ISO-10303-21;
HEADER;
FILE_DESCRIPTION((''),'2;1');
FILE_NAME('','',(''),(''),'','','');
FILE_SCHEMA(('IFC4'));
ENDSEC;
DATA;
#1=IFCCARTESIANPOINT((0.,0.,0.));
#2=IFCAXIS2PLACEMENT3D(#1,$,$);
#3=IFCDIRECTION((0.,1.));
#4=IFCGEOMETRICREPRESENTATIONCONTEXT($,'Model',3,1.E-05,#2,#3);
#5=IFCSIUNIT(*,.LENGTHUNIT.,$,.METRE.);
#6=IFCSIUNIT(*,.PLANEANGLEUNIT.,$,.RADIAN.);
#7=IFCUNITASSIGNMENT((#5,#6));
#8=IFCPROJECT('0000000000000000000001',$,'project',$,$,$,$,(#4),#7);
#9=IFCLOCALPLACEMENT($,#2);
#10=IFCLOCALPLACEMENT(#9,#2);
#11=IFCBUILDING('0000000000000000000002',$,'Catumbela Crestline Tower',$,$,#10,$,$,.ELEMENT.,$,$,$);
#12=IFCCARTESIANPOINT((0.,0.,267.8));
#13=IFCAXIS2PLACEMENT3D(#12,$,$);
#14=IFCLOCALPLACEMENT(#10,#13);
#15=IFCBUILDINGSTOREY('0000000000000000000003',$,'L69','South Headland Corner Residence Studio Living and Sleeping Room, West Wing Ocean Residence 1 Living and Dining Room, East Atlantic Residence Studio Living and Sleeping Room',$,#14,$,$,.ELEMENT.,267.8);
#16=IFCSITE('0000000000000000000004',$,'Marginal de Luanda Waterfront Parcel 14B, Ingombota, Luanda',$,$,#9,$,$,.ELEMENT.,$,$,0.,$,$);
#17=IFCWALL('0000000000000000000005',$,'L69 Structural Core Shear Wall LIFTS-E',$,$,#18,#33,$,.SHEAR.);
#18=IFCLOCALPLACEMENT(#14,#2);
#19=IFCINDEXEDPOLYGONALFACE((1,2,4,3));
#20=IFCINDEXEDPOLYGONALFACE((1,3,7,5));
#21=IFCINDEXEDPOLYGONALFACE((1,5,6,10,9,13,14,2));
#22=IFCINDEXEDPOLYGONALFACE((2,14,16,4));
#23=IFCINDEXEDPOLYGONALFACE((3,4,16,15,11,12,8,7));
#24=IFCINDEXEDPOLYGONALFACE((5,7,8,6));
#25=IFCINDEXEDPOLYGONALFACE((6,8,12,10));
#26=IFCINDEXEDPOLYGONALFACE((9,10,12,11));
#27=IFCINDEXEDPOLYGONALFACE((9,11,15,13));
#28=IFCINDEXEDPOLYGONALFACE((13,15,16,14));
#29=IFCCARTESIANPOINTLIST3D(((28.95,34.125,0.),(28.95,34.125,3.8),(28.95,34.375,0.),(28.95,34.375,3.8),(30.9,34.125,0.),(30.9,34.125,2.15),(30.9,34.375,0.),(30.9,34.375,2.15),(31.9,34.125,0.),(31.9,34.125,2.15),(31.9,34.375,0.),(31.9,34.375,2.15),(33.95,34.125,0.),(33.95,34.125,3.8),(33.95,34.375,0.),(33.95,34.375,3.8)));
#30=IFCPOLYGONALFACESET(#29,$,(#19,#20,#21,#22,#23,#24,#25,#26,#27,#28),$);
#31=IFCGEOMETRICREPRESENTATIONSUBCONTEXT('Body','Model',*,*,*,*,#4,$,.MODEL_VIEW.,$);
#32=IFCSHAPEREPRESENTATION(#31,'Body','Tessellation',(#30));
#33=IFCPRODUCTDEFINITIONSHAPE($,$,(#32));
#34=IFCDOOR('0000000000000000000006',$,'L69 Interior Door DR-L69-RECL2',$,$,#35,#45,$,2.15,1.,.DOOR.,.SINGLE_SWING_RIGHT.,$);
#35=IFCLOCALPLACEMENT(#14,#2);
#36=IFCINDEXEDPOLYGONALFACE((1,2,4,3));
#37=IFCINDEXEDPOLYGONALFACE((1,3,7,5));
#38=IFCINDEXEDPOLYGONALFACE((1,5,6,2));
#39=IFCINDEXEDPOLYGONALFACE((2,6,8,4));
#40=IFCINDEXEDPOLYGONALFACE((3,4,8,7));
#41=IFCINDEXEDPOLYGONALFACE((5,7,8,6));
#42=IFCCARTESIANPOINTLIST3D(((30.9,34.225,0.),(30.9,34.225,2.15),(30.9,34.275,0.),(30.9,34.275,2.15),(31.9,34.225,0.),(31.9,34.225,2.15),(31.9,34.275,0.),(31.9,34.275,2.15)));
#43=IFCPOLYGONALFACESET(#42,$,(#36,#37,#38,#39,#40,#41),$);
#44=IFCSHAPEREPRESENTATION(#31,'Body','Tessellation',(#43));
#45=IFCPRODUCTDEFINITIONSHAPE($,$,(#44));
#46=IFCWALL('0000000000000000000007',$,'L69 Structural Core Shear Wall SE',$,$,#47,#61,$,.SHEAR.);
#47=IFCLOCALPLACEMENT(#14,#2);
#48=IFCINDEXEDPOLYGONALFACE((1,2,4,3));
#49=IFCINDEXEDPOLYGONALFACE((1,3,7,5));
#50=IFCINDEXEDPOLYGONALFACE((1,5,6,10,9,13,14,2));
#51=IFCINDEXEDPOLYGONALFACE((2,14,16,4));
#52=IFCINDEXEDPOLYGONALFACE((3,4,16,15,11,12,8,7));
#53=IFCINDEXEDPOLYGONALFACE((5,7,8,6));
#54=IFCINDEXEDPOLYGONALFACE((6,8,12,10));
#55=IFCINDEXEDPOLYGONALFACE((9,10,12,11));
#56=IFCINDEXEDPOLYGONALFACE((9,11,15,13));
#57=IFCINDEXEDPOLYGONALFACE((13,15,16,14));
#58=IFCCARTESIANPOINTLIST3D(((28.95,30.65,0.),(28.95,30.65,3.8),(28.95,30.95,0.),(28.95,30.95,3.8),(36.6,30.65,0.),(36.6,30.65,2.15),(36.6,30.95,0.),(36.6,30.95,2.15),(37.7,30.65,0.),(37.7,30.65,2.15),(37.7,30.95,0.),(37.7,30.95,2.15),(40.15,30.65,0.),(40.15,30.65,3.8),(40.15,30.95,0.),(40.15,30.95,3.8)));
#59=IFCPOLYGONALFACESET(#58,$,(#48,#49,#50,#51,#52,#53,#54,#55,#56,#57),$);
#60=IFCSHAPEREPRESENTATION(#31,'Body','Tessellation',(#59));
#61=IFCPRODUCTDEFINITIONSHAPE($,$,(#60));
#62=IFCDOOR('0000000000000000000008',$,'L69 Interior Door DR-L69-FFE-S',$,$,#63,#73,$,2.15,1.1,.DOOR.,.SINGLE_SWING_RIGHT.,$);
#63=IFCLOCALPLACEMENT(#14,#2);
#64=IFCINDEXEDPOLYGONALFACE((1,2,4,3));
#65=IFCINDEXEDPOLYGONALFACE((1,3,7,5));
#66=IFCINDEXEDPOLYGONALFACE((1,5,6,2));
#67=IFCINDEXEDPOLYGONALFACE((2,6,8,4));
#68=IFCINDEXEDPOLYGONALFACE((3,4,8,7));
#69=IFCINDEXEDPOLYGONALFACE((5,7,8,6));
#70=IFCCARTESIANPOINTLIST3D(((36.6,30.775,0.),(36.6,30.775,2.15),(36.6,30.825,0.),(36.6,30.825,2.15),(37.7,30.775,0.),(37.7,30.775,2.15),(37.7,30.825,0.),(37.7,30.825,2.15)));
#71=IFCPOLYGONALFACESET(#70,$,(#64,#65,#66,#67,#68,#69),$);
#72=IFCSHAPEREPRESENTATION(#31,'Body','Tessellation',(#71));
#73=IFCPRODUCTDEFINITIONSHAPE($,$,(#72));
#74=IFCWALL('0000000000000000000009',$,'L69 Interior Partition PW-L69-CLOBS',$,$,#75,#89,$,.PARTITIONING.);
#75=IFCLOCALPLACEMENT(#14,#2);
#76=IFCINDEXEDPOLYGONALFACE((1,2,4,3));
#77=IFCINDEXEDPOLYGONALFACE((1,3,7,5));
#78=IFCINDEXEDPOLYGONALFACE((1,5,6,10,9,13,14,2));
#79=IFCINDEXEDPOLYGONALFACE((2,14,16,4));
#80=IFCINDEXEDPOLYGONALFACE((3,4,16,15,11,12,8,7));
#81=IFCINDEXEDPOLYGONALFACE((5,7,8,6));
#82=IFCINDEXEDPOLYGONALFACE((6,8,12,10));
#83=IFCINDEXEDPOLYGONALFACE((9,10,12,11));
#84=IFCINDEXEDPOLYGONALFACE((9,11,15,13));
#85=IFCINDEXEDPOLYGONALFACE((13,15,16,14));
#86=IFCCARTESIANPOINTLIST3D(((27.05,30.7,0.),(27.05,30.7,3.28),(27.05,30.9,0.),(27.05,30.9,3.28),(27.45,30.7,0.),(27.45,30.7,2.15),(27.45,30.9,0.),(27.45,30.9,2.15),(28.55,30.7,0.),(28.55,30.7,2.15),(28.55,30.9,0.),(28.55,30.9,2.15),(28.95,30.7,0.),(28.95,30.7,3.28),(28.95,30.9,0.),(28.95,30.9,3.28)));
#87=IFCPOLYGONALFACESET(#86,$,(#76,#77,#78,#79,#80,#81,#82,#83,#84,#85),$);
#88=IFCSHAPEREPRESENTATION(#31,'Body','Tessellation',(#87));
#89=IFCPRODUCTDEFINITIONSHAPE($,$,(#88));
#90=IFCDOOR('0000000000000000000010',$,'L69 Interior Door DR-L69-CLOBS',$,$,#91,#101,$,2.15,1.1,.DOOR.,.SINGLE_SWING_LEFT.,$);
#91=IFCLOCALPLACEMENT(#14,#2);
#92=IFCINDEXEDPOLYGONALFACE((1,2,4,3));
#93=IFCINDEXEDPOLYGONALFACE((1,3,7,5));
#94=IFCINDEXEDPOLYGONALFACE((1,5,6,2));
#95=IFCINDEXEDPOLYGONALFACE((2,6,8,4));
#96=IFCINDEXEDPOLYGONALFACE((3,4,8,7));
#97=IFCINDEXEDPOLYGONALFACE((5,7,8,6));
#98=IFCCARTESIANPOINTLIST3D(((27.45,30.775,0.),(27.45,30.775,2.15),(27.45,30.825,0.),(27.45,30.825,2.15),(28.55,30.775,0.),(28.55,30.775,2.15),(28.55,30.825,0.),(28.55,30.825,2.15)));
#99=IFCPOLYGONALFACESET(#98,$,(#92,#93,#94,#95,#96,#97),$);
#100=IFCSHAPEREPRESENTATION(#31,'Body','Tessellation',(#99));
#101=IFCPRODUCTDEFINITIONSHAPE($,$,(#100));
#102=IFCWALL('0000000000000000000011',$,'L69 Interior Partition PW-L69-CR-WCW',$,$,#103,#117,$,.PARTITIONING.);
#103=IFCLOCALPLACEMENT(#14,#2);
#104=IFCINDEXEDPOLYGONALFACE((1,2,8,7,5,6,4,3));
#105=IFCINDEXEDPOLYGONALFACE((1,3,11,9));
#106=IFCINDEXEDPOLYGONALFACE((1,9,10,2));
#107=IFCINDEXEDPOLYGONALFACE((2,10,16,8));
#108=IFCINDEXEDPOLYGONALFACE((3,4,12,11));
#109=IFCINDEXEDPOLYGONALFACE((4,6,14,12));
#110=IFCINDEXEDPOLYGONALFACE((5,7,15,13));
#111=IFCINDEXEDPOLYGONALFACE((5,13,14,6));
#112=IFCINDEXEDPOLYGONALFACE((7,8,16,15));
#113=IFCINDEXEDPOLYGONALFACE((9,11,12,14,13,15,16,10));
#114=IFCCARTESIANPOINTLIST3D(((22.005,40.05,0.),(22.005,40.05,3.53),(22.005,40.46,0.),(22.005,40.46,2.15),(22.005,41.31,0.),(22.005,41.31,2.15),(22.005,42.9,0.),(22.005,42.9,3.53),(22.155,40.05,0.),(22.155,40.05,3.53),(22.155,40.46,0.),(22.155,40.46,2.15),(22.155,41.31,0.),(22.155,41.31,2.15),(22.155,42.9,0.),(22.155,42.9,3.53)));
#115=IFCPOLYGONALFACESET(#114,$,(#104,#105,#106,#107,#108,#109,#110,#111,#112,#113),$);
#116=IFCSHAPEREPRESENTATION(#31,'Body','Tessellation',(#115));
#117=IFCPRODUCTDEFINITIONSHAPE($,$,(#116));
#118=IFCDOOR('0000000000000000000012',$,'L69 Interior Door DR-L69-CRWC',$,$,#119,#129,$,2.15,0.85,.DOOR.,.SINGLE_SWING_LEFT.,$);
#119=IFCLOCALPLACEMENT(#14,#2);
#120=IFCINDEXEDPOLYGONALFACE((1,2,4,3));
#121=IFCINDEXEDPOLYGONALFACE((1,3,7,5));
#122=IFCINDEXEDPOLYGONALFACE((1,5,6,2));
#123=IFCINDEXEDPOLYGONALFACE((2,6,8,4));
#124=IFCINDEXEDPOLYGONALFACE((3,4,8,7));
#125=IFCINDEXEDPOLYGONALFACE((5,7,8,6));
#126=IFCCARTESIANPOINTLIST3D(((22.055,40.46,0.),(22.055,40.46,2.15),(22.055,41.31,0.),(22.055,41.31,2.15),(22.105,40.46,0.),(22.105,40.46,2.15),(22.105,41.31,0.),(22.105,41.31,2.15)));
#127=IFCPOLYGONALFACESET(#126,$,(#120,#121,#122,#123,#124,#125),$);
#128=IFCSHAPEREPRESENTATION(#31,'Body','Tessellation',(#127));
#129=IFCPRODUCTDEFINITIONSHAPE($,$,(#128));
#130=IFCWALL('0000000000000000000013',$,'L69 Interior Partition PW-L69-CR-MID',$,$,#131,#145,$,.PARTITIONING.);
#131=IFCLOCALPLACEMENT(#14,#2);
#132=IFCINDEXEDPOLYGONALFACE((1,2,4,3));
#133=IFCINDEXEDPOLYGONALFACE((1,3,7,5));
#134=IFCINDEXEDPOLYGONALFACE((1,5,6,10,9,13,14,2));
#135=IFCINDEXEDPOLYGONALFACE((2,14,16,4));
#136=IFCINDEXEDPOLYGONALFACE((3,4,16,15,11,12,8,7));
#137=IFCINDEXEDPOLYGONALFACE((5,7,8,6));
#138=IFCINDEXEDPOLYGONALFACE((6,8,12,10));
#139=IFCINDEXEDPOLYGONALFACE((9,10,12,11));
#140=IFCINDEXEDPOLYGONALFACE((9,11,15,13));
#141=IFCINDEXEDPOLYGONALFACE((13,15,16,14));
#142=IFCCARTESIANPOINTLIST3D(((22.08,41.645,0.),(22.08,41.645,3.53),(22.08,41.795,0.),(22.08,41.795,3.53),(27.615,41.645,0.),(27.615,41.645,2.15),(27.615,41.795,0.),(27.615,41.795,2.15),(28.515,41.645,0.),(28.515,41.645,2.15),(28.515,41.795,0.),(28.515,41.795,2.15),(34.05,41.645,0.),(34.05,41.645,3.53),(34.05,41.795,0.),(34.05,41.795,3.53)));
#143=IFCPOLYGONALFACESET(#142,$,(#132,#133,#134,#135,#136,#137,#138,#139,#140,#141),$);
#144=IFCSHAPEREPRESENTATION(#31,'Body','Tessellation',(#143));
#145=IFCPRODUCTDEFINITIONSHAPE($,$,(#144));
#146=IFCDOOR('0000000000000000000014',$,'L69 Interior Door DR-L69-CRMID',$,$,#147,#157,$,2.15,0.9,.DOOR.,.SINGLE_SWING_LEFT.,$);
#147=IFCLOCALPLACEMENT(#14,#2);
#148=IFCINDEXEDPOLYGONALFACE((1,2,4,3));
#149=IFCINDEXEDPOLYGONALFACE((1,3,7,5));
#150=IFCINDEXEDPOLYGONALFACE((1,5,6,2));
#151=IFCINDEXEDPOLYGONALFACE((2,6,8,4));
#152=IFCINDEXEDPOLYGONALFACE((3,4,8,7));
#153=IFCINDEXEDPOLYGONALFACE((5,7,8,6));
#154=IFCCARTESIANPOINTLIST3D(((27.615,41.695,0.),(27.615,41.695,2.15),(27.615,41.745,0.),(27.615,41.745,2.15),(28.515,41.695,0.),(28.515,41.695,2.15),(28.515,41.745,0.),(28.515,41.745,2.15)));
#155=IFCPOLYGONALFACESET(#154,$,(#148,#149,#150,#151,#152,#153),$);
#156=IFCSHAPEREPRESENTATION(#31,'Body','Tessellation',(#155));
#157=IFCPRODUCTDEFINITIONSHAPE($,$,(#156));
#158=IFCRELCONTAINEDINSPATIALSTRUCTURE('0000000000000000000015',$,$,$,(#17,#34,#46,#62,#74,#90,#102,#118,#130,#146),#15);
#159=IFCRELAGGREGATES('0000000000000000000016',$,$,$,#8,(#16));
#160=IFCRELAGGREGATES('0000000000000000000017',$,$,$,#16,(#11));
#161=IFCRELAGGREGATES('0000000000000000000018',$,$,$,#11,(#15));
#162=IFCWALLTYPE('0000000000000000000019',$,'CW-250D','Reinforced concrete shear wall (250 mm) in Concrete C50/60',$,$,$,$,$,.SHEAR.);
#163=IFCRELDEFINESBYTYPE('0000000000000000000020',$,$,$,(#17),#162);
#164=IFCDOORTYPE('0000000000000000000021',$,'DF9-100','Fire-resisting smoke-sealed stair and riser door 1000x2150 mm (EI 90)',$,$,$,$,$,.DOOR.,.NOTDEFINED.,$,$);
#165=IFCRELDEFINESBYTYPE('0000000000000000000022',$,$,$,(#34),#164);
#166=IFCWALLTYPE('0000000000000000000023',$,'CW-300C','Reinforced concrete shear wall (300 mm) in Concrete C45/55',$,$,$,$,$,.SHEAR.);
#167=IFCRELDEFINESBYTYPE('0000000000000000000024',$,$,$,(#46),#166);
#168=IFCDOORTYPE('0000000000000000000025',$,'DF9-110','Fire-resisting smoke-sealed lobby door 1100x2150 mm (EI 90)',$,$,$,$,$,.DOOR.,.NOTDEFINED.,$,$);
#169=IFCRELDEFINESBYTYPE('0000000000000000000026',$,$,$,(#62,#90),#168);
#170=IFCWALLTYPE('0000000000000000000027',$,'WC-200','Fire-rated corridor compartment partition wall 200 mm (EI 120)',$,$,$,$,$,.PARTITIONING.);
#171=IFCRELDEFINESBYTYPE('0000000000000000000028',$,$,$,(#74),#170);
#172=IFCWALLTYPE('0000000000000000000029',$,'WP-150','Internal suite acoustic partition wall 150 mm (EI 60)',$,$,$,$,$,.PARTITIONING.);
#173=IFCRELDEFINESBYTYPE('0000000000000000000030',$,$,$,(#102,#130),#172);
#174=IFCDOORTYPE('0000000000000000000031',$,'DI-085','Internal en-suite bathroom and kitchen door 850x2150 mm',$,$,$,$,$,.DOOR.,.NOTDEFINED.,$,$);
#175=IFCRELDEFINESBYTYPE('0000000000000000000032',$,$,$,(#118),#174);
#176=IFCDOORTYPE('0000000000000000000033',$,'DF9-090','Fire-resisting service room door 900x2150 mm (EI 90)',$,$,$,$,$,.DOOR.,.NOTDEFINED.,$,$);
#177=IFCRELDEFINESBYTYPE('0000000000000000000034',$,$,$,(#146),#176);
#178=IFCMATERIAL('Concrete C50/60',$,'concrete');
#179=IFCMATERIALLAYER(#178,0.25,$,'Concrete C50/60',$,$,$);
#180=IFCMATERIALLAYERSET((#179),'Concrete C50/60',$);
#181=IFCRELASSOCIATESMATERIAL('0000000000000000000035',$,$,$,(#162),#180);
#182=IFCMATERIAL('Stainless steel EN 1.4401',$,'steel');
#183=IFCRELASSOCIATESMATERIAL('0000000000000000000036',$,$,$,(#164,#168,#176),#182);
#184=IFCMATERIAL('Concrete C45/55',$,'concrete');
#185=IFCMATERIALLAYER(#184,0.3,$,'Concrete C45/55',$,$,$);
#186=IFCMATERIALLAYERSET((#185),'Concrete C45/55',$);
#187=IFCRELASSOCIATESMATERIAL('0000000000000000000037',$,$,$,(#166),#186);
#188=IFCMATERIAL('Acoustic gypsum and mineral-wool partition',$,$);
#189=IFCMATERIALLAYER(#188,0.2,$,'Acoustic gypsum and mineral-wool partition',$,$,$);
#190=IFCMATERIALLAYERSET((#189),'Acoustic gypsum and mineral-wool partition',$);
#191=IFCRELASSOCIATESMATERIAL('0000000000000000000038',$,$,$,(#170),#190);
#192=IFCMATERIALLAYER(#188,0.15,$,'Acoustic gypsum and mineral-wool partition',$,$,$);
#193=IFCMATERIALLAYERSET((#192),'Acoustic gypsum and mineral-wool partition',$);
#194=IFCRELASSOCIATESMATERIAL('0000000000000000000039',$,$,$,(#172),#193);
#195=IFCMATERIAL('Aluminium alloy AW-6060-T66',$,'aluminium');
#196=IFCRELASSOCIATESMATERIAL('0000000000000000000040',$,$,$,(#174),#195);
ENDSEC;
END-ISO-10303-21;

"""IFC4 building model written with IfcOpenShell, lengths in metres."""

from ifc_helpers import new_model, si_unit, direction, frame, frame_2d, origin, place, context, subcontext, project, spatial, rectangle, extrude, material, layer, layer_set, type_object, element, fill, save


model = new_model("IFC4")

# Units and contexts
model_context = context("Model", 3, precision=1e-05, world=origin(), true_north=direction((0.0, 1.0)))
body_context = subcontext(model_context, "Body", "Model", "MODEL_VIEW")
ifc_project = project(units=[si_unit("LENGTHUNIT", "METRE"), si_unit("PLANEANGLEUNIT", "RADIAN")], contexts=[model_context])

# Site, building, storey
site_placement = place(None, origin())
site = spatial("IfcSite", under=ifc_project, at=site_placement, Name="Marginal de Luanda Waterfront Parcel 14B, Ingombota, Luanda", CompositionType="ELEMENT", RefElevation=0.0)
building_placement = place(site_placement, origin())
building = spatial("IfcBuilding", under=site, at=building_placement, Name="Catumbela Crestline Tower", CompositionType="ELEMENT")
storey_placement = place(building_placement, frame((0.0, 0.0, 267.8)))
storey = spatial("IfcBuildingStorey", under=building, at=storey_placement, Name="L69", Description="South Headland Corner Residence Studio Living and Sleeping Room, West Wing Ocean Residence 1 Living and Dining Room, East Atlantic Residence Studio Living and Sleeping Room", CompositionType="ELEMENT", Elevation=267.8)

# Walls, openings, doors
ifc_material_1 = material(Name="Concrete C50/60", Category="concrete")
ifc_layer_1 = layer(ifc_material_1, 0.25, Name="Concrete C50/60")
ifc_layer_set_1 = layer_set([ifc_layer_1], Name="Concrete C50/60")
wall_type_1 = type_object("IfcWallType", Name="CW-250D", Description="Reinforced concrete shear wall (250 mm) in Concrete C50/60", PredefinedType="SHEAR", material=ifc_layer_set_1)
wall_1_placement = place(storey_placement, frame((28.95, 34.25, 0.0), z_axis=(0.0, 0.0, 1.0), x_axis=(1.0, 0.0, 0.0)))
wall_1 = element("IfcWall", 1, at=wall_1_placement, inside=storey, type_object=wall_type_1, Name="L69 Structural Core Shear Wall LIFTS-E", PredefinedType="SHEAR", context=body_context, shape_type="SweptSolid", body=[
    extrude(rectangle(XDim=5.0, YDim=0.25, at=frame_2d((2.5, 0.0))), origin(), (0.0, 0.0, 1.0), 3.8),
])
opening_1_placement = place(wall_1_placement, frame((1.95, 0.0, 0.0)))
opening_1 = element("IfcOpeningElement", 2, at=opening_1_placement, cuts=wall_1, PredefinedType="OPENING", context=body_context, shape_type="SweptSolid", body=[
    extrude(rectangle(XDim=1.0, YDim=2.15, at=frame_2d((0.5, 1.075))), frame((0.0, 0.135, 0.0), z_axis=(0.0, -1.0, 0.0), x_axis=(1.0, 0.0, 0.0)), (0.0, 0.0, 1.0), 0.27),
])
ifc_material_2 = material(Name="Stainless steel EN 1.4401", Category="steel")
door_type_1 = type_object("IfcDoorType", Name="DF9-100", Description="Fire-resisting smoke-sealed stair and riser door 1000x2150 mm (EI 90)", OperationType="NOTDEFINED", PredefinedType="DOOR", material=ifc_material_2)
door_1_placement = place(opening_1_placement, origin())
door_1 = element("IfcDoor", 3, at=door_1_placement, inside=storey, type_object=door_type_1, Name="L69 Interior Door DR-L69-RECL2", OperationType="SINGLE_SWING_RIGHT", OverallHeight=2.15, OverallWidth=1.0, PredefinedType="DOOR", context=body_context, shape_type="SweptSolid", body=[
    extrude(rectangle(XDim=1.0, YDim=2.15, at=frame_2d((0.5, 1.075))), frame((0.0, 0.025, 0.0), z_axis=(0.0, -1.0, 0.0), x_axis=(1.0, 0.0, 0.0)), (0.0, 0.0, 1.0), 0.05),
])
fill(opening_1, door_1)
ifc_material_3 = material(Name="Concrete C45/55", Category="concrete")
ifc_layer_2 = layer(ifc_material_3, 0.3, Name="Concrete C45/55")
ifc_layer_set_2 = layer_set([ifc_layer_2], Name="Concrete C45/55")
wall_type_2 = type_object("IfcWallType", Name="CW-300C", Description="Reinforced concrete shear wall (300 mm) in Concrete C45/55", PredefinedType="SHEAR", material=ifc_layer_set_2)
wall_2_placement = place(storey_placement, frame((28.95, 30.8, 0.0), z_axis=(0.0, 0.0, 1.0), x_axis=(1.0, 0.0, 0.0)))
wall_2 = element("IfcWall", 4, at=wall_2_placement, inside=storey, type_object=wall_type_2, Name="L69 Structural Core Shear Wall SE", PredefinedType="SHEAR", context=body_context, shape_type="SweptSolid", body=[
    extrude(rectangle(XDim=11.2, YDim=0.3, at=frame_2d((5.6, 0.0))), origin(), (0.0, 0.0, 1.0), 3.8),
])
opening_2_placement = place(wall_2_placement, frame((7.65, 0.0, 0.0)))
opening_2 = element("IfcOpeningElement", 5, at=opening_2_placement, cuts=wall_2, PredefinedType="OPENING", context=body_context, shape_type="SweptSolid", body=[
    extrude(rectangle(XDim=1.1, YDim=2.15, at=frame_2d((0.55, 1.075))), frame((0.0, 0.16, 0.0), z_axis=(0.0, -1.0, 0.0), x_axis=(1.0, 0.0, 0.0)), (0.0, 0.0, 1.0), 0.32),
])
door_type_2 = type_object("IfcDoorType", Name="DF9-110", Description="Fire-resisting smoke-sealed lobby door 1100x2150 mm (EI 90)", OperationType="NOTDEFINED", PredefinedType="DOOR", material=ifc_material_2)
door_2_placement = place(opening_2_placement, origin())
door_2 = element("IfcDoor", 6, at=door_2_placement, inside=storey, type_object=door_type_2, Name="L69 Interior Door DR-L69-FFE-S", OperationType="SINGLE_SWING_RIGHT", OverallHeight=2.15, OverallWidth=1.1, PredefinedType="DOOR", context=body_context, shape_type="SweptSolid", body=[
    extrude(rectangle(XDim=1.1, YDim=2.15, at=frame_2d((0.55, 1.075))), frame((0.0, 0.025, 0.0), z_axis=(0.0, -1.0, 0.0), x_axis=(1.0, 0.0, 0.0)), (0.0, 0.0, 1.0), 0.05),
])
fill(opening_2, door_2)
ifc_material_4 = material(Name="Acoustic gypsum and mineral-wool partition")
ifc_layer_3 = layer(ifc_material_4, 0.2, Name="Acoustic gypsum and mineral-wool partition")
ifc_layer_set_3 = layer_set([ifc_layer_3], Name="Acoustic gypsum and mineral-wool partition")
wall_type_3 = type_object("IfcWallType", Name="WC-200", Description="Fire-rated corridor compartment partition wall 200 mm (EI 120)", PredefinedType="PARTITIONING", material=ifc_layer_set_3)
wall_3_placement = place(storey_placement, frame((27.05, 30.8, 0.0), z_axis=(0.0, 0.0, 1.0), x_axis=(1.0, 0.0, 0.0)))
wall_3 = element("IfcWall", 7, at=wall_3_placement, inside=storey, type_object=wall_type_3, Name="L69 Interior Partition PW-L69-CLOBS", PredefinedType="PARTITIONING", context=body_context, shape_type="SweptSolid", body=[
    extrude(rectangle(XDim=1.9, YDim=0.2, at=frame_2d((0.95, 0.0))), origin(), (0.0, 0.0, 1.0), 3.28),
])
opening_3_placement = place(wall_3_placement, frame((0.4, 0.0, 0.0)))
opening_3 = element("IfcOpeningElement", 8, at=opening_3_placement, cuts=wall_3, PredefinedType="OPENING", context=body_context, shape_type="SweptSolid", body=[
    extrude(rectangle(XDim=1.1, YDim=2.15, at=frame_2d((0.55, 1.075))), frame((0.0, 0.11, 0.0), z_axis=(0.0, -1.0, 0.0), x_axis=(1.0, 0.0, 0.0)), (0.0, 0.0, 1.0), 0.22),
])
door_3_placement = place(opening_3_placement, origin())
door_3 = element("IfcDoor", 9, at=door_3_placement, inside=storey, type_object=door_type_2, Name="L69 Interior Door DR-L69-CLOBS", OperationType="SINGLE_SWING_LEFT", OverallHeight=2.15, OverallWidth=1.1, PredefinedType="DOOR", context=body_context, shape_type="SweptSolid", body=[
    extrude(rectangle(XDim=1.1, YDim=2.15, at=frame_2d((0.55, 1.075))), frame((0.0, 0.025, 0.0), z_axis=(0.0, -1.0, 0.0), x_axis=(1.0, 0.0, 0.0)), (0.0, 0.0, 1.0), 0.05),
])
fill(opening_3, door_3)
ifc_layer_4 = layer(ifc_material_4, 0.15, Name="Acoustic gypsum and mineral-wool partition")
ifc_layer_set_4 = layer_set([ifc_layer_4], Name="Acoustic gypsum and mineral-wool partition")
wall_type_4 = type_object("IfcWallType", Name="WP-150", Description="Internal suite acoustic partition wall 150 mm (EI 60)", PredefinedType="PARTITIONING", material=ifc_layer_set_4)
wall_4_placement = place(storey_placement, frame((22.08, 40.05, 0.0), z_axis=(0.0, 0.0, 1.0), x_axis=(0.0, 1.0, 0.0)))
wall_4 = element("IfcWall", 10, at=wall_4_placement, inside=storey, type_object=wall_type_4, Name="L69 Interior Partition PW-L69-CR-WCW", PredefinedType="PARTITIONING", context=body_context, shape_type="SweptSolid", body=[
    extrude(rectangle(XDim=2.85, YDim=0.15, at=frame_2d((1.425, 0.0))), origin(), (0.0, 0.0, 1.0), 3.53),
])
opening_4_placement = place(wall_4_placement, frame((0.41, 0.0, 0.0)))
opening_4 = element("IfcOpeningElement", 11, at=opening_4_placement, cuts=wall_4, PredefinedType="OPENING", context=body_context, shape_type="SweptSolid", body=[
    extrude(rectangle(XDim=0.85, YDim=2.15, at=frame_2d((0.425, 1.075))), frame((0.0, 0.085, 0.0), z_axis=(0.0, -1.0, 0.0), x_axis=(1.0, 0.0, 0.0)), (0.0, 0.0, 1.0), 0.17),
])
ifc_material_5 = material(Name="Aluminium alloy AW-6060-T66", Category="aluminium")
door_type_3 = type_object("IfcDoorType", Name="DI-085", Description="Internal en-suite bathroom and kitchen door 850x2150 mm", OperationType="NOTDEFINED", PredefinedType="DOOR", material=ifc_material_5)
door_4_placement = place(opening_4_placement, origin())
door_4 = element("IfcDoor", 12, at=door_4_placement, inside=storey, type_object=door_type_3, Name="L69 Interior Door DR-L69-CRWC", OperationType="SINGLE_SWING_LEFT", OverallHeight=2.15, OverallWidth=0.85, PredefinedType="DOOR", context=body_context, shape_type="SweptSolid", body=[
    extrude(rectangle(XDim=0.85, YDim=2.15, at=frame_2d((0.425, 1.075))), frame((0.0, 0.025, 0.0), z_axis=(0.0, -1.0, 0.0), x_axis=(1.0, 0.0, 0.0)), (0.0, 0.0, 1.0), 0.05),
])
fill(opening_4, door_4)
wall_5_placement = place(storey_placement, frame((22.08, 41.72, 0.0), z_axis=(0.0, 0.0, 1.0), x_axis=(1.0, 0.0, 0.0)))
wall_5 = element("IfcWall", 13, at=wall_5_placement, inside=storey, type_object=wall_type_4, Name="L69 Interior Partition PW-L69-CR-MID", PredefinedType="PARTITIONING", context=body_context, shape_type="SweptSolid", body=[
    extrude(rectangle(XDim=11.97, YDim=0.15, at=frame_2d((5.985, 0.0))), origin(), (0.0, 0.0, 1.0), 3.53),
])
opening_5_placement = place(wall_5_placement, frame((5.535, 0.0, 0.0)))
opening_5 = element("IfcOpeningElement", 14, at=opening_5_placement, cuts=wall_5, PredefinedType="OPENING", context=body_context, shape_type="SweptSolid", body=[
    extrude(rectangle(XDim=0.9, YDim=2.15, at=frame_2d((0.45, 1.075))), frame((0.0, 0.085, 0.0), z_axis=(0.0, -1.0, 0.0), x_axis=(1.0, 0.0, 0.0)), (0.0, 0.0, 1.0), 0.17),
])
door_type_4 = type_object("IfcDoorType", Name="DF9-090", Description="Fire-resisting service room door 900x2150 mm (EI 90)", OperationType="NOTDEFINED", PredefinedType="DOOR", material=ifc_material_2)
door_5_placement = place(opening_5_placement, origin())
door_5 = element("IfcDoor", 15, at=door_5_placement, inside=storey, type_object=door_type_4, Name="L69 Interior Door DR-L69-CRMID", OperationType="SINGLE_SWING_LEFT", OverallHeight=2.15, OverallWidth=0.9, PredefinedType="DOOR", context=body_context, shape_type="SweptSolid", body=[
    extrude(rectangle(XDim=0.9, YDim=2.15, at=frame_2d((0.45, 1.075))), frame((0.0, 0.025, 0.0), z_axis=(0.0, -1.0, 0.0), x_axis=(1.0, 0.0, 0.0)), (0.0, 0.0, 1.0), 0.05),
])
fill(opening_5, door_5)

save(model, "model.ifc")
